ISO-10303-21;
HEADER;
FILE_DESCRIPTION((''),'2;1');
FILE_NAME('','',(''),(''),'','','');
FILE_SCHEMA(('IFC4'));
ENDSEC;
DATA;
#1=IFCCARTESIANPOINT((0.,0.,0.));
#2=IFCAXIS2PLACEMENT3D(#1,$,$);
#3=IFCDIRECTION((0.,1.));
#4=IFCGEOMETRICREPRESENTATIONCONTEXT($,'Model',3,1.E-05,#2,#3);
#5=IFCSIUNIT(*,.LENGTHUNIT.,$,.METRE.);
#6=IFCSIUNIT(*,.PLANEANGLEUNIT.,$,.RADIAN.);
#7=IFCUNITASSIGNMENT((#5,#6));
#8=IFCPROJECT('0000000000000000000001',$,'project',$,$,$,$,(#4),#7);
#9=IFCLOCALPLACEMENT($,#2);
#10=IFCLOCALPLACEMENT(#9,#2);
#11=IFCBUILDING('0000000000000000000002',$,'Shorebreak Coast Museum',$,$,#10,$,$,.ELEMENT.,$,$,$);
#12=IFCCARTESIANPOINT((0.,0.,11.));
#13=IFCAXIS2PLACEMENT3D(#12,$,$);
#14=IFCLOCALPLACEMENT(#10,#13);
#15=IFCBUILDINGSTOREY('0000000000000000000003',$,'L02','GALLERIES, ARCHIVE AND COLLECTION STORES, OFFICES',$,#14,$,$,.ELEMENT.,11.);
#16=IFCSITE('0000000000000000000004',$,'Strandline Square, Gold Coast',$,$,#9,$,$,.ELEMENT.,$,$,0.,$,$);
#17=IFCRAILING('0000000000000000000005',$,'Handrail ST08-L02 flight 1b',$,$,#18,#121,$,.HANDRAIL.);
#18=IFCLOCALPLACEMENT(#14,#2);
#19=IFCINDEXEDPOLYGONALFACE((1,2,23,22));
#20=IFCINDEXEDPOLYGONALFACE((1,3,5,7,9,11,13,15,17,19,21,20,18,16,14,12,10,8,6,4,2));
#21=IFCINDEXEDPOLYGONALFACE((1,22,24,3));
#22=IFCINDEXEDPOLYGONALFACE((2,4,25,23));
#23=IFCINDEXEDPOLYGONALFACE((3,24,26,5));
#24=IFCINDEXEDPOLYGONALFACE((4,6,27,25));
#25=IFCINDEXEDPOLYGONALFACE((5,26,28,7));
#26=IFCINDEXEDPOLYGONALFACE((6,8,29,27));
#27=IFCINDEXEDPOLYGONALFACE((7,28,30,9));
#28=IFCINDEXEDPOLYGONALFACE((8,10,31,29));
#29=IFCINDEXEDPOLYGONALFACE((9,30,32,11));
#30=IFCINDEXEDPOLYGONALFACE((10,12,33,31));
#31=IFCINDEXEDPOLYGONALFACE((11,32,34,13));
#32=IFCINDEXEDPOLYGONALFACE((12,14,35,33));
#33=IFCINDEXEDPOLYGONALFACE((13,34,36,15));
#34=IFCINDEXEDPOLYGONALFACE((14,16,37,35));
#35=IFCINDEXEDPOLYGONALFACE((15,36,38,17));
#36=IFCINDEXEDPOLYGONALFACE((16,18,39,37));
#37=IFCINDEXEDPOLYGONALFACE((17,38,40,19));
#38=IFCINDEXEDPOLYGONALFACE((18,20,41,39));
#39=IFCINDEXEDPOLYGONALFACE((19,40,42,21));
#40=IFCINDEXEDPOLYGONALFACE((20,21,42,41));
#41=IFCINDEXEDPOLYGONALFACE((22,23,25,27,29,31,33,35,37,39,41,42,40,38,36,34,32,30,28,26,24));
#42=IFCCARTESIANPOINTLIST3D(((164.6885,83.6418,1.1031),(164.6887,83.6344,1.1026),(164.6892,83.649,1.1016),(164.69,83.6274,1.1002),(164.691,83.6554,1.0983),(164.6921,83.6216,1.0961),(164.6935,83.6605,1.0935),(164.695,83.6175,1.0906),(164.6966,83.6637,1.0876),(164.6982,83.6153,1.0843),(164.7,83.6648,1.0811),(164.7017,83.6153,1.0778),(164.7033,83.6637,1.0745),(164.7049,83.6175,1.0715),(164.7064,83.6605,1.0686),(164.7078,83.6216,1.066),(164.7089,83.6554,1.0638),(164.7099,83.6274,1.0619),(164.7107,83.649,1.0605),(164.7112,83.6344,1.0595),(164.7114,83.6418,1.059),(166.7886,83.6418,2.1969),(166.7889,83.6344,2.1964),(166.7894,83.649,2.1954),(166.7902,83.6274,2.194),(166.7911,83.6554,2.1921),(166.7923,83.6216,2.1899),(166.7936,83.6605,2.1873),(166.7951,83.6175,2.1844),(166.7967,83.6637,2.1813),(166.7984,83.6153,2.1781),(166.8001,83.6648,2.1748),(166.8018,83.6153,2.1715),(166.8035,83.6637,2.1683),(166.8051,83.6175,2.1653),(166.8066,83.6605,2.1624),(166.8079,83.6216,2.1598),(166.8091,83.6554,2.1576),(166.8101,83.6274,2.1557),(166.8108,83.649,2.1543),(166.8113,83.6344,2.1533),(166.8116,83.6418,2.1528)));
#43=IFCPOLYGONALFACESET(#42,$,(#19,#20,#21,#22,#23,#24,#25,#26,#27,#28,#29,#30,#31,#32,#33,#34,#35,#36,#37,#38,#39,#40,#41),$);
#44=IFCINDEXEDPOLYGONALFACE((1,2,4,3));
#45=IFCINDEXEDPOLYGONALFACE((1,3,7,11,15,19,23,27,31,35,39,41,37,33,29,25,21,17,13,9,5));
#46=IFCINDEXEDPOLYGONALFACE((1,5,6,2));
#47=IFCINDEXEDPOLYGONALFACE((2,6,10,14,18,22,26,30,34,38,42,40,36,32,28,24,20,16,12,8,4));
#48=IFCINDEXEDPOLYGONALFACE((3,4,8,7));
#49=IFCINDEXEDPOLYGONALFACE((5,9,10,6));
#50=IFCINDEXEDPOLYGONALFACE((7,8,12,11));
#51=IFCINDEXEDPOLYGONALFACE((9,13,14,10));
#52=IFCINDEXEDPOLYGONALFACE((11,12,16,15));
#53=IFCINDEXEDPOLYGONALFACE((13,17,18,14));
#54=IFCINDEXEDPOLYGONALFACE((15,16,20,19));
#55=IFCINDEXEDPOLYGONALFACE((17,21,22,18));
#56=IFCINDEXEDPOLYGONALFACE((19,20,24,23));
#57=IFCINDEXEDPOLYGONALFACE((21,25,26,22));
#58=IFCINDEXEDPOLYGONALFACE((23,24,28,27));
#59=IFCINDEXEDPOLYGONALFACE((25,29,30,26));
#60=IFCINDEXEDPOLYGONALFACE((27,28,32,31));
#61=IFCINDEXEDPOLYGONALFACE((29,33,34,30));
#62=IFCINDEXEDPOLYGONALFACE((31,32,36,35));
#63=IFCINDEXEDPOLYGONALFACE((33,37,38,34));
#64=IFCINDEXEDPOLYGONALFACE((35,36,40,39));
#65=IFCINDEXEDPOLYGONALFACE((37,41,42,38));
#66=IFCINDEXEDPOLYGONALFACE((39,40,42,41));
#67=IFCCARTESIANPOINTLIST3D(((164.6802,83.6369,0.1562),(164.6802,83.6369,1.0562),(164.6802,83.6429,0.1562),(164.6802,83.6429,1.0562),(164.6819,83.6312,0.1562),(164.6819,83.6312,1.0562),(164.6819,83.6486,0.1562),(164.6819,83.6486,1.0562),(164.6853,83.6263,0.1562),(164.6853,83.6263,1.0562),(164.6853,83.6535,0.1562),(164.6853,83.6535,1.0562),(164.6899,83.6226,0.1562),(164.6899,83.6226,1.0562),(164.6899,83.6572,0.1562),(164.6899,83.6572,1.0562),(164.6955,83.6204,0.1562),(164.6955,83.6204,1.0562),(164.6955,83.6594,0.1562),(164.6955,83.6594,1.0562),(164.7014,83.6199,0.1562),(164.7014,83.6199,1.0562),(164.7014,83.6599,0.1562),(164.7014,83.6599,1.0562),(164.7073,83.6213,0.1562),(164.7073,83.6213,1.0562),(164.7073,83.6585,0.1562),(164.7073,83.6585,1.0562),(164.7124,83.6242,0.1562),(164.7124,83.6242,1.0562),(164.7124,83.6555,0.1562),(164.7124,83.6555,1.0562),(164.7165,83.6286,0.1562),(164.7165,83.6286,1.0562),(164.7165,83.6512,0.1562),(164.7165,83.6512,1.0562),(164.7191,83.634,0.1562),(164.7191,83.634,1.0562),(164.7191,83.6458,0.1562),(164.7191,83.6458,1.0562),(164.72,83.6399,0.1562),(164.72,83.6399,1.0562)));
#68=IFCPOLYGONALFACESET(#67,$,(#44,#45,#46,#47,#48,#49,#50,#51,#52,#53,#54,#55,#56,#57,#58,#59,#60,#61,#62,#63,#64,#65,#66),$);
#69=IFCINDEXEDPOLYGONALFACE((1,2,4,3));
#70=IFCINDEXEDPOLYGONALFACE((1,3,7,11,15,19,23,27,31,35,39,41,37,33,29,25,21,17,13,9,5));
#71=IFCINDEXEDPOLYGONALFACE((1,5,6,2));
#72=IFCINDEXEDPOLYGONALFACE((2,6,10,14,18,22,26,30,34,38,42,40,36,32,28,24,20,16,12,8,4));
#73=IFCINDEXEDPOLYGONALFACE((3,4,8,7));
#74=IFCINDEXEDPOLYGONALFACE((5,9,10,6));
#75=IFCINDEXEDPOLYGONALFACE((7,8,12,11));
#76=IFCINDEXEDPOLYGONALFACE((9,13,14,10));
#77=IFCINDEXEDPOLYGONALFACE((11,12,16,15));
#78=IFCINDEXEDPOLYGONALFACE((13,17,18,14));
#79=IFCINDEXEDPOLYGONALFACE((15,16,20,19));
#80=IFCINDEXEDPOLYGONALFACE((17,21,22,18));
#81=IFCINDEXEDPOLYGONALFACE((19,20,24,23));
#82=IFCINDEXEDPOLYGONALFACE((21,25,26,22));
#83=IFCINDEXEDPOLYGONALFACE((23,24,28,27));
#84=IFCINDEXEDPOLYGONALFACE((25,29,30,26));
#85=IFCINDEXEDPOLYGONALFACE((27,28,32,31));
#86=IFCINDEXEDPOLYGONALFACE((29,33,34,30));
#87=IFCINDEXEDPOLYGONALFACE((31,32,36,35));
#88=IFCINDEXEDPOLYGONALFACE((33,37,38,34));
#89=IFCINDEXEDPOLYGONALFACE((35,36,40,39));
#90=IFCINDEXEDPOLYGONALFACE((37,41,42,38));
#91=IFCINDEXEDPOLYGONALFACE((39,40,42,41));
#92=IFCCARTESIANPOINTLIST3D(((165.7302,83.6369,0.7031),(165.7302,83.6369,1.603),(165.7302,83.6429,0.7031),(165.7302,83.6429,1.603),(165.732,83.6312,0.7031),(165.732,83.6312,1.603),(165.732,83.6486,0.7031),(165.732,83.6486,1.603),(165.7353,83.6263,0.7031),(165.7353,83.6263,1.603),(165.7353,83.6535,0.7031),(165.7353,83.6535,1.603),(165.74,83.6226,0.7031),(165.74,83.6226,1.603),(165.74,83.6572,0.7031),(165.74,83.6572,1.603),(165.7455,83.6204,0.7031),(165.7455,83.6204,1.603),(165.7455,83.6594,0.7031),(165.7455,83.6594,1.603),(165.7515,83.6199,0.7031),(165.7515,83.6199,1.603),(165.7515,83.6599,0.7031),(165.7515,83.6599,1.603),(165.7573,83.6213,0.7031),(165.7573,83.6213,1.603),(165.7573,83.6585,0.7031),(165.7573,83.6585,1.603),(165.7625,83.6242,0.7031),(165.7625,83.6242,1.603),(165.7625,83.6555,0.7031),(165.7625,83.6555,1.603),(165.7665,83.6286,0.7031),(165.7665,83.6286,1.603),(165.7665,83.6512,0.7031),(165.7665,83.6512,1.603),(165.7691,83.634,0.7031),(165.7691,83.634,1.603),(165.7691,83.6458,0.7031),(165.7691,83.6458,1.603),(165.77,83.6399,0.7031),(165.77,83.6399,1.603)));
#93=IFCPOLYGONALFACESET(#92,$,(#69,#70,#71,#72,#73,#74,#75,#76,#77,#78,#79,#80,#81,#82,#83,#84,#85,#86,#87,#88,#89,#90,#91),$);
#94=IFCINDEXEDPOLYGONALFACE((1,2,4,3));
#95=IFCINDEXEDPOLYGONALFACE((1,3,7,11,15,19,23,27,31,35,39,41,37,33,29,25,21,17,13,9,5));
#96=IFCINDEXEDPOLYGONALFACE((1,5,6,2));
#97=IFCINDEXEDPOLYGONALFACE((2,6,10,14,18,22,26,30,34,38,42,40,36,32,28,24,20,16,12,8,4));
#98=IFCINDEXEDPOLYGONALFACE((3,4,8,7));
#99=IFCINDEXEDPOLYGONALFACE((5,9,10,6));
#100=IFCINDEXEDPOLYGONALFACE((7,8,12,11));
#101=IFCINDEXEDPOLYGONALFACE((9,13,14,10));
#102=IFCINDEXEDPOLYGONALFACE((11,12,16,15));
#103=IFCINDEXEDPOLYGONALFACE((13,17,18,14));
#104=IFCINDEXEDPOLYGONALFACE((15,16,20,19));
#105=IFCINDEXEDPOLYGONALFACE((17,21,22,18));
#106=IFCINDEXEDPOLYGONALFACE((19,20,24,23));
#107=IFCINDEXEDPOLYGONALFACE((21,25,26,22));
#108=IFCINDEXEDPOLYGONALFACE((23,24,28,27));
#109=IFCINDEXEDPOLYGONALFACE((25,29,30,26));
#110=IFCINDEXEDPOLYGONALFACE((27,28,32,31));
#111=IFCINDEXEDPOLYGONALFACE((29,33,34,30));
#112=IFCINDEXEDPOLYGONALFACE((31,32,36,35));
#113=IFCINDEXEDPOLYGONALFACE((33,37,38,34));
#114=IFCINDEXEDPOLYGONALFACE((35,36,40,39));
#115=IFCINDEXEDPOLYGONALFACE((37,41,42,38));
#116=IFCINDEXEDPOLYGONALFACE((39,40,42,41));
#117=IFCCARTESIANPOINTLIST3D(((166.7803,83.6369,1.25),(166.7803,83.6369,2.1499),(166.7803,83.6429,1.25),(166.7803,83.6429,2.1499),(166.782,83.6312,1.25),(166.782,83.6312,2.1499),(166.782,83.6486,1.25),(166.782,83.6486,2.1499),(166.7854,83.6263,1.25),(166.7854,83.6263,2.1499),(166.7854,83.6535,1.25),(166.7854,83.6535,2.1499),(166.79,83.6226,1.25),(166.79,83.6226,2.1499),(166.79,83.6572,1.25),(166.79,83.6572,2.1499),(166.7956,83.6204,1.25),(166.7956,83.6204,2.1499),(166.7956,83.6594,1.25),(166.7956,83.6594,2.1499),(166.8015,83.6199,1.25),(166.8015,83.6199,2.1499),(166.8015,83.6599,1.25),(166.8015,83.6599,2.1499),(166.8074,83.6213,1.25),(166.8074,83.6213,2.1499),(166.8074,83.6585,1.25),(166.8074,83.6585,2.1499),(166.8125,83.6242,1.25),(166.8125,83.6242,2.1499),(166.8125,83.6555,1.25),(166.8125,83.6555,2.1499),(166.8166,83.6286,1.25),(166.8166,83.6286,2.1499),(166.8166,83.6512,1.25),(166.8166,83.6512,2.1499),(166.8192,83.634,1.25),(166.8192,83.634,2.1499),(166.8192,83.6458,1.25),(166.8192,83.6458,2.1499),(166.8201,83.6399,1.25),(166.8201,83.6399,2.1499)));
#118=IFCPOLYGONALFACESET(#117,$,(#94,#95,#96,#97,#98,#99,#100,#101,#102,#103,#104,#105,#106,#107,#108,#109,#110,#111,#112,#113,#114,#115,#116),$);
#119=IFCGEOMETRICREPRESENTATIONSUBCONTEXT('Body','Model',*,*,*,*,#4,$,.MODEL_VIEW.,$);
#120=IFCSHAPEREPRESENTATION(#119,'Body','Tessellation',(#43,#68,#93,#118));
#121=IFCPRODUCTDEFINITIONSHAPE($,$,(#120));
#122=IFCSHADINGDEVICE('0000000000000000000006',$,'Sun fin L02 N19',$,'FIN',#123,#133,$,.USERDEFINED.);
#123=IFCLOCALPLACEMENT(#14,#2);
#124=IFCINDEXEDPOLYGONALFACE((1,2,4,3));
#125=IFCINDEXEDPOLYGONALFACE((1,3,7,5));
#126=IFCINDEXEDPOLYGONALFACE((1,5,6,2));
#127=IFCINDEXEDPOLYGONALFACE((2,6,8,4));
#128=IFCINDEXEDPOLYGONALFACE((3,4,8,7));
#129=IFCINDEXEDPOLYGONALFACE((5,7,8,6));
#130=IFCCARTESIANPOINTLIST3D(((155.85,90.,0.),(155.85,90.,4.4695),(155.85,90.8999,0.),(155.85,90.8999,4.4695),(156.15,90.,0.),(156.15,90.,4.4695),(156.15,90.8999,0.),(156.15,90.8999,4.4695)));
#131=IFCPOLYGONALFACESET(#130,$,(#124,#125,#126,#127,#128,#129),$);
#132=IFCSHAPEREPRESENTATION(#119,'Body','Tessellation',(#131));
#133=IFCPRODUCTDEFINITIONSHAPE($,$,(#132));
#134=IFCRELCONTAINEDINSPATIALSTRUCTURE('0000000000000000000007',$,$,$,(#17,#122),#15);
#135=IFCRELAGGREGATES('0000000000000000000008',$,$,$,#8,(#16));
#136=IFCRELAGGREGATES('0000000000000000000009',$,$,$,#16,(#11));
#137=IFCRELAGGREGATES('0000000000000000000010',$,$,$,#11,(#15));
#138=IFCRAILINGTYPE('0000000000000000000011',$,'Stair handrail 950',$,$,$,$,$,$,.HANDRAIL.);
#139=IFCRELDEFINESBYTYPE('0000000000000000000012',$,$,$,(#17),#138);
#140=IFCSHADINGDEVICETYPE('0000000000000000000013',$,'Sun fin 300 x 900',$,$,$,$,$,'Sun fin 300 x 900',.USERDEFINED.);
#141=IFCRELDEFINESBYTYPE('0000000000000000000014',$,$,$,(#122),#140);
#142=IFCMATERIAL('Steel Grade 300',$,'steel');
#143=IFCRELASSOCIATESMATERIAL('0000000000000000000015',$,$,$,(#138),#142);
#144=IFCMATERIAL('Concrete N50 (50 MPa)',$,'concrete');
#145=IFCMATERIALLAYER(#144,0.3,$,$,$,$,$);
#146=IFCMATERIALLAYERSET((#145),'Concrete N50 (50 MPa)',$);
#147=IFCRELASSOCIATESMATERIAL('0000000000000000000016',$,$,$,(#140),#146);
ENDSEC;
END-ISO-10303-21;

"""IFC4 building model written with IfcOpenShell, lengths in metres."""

from ifc_helpers import new_model, si_unit, direction, frame, origin, origin_2d, place, context, subcontext, project, spatial, rectangle, circle, extrude, material, layer, layer_set, type_object, element, save


model = new_model("IFC4")

# Units and contexts
model_context = context("Model", 3, precision=1e-05, world=origin(), true_north=direction((0.0, 1.0)))
body_context = subcontext(model_context, "Body", "Model", "MODEL_VIEW")
ifc_project = project(units=[si_unit("LENGTHUNIT", "METRE"), si_unit("PLANEANGLEUNIT", "RADIAN")], contexts=[model_context])

# Site, building, storey
site_placement = place(None, origin())
site = spatial("IfcSite", under=ifc_project, at=site_placement, Name="Strandline Square, Gold Coast", CompositionType="ELEMENT", RefElevation=0.0)
building_placement = place(site_placement, origin())
building = spatial("IfcBuilding", under=site, at=building_placement, Name="Shorebreak Coast Museum", CompositionType="ELEMENT")
storey_placement = place(building_placement, frame((0.0, 0.0, 11.0)))
storey = spatial("IfcBuildingStorey", under=building, at=storey_placement, Name="L02", Description="GALLERIES, ARCHIVE AND COLLECTION STORES, OFFICES", CompositionType="ELEMENT", Elevation=11.0)

# Railing
ifc_material_1 = material(Name="Steel Grade 300", Category="steel")
railing_type_1 = type_object("IfcRailingType", Name="Stair handrail 950", PredefinedType="HANDRAIL", material=ifc_material_1)
for number, where, name in (
    (1, (164.7, 83.6399, 0.1562), "Handrail ST08-L02 flight 1b"),
):
    element("IfcRailing", number, at=place(storey_placement, frame(where)), inside=storey, type_object=railing_type_1, Name=name, PredefinedType="HANDRAIL", context=body_context, shape_type="SweptSolid", body=[
        extrude(circle(Radius=0.0249, at=origin_2d()), frame((0.0, 0.0, 0.9248), z_axis=(0.886923, 0.0, 0.461918), x_axis=(0.0, 1.0, 0.0)), (0.0, 0.0, 1.0), 2.3679),
        extrude(circle(Radius=0.02, at=origin_2d()), origin(), (0.0, 0.0, 1.0), 0.8999),
        extrude(circle(Radius=0.02, at=origin_2d()), frame((1.05, 0.0, 0.5469)), (0.0, 0.0, 1.0), 0.8999),
        extrude(circle(Radius=0.02, at=origin_2d()), frame((2.1001, 0.0, 1.0938)), (0.0, 0.0, 1.0), 0.8999),
    ])

# Shading device
ifc_material_2 = material(Name="Concrete N50 (50 MPa)", Category="concrete")
ifc_layer_1 = layer(ifc_material_2, 0.3)
ifc_layer_set_1 = layer_set([ifc_layer_1], Name="Concrete N50 (50 MPa)")
shading_device_type = type_object("IfcShadingDeviceType", Name="Sun fin 300 x 900", ElementType="Sun fin 300 x 900", PredefinedType="USERDEFINED", material=ifc_layer_set_1)
shading_device_placement = place(storey_placement, frame((156.0, 90.45, 0.0), z_axis=(0.0, 0.0, 1.0), x_axis=(1.0, 0.0, 0.0)))
element("IfcShadingDevice", 2, at=shading_device_placement, inside=storey, type_object=shading_device_type, Name="Sun fin L02 N19", ObjectType="FIN", PredefinedType="USERDEFINED", context=body_context, shape_type="SweptSolid", body=[
    extrude(rectangle(XDim=0.3, YDim=0.8999, at=origin_2d()), origin(), (0.0, 0.0, 1.0), 4.4695),
])

save(model, "model.ifc")
